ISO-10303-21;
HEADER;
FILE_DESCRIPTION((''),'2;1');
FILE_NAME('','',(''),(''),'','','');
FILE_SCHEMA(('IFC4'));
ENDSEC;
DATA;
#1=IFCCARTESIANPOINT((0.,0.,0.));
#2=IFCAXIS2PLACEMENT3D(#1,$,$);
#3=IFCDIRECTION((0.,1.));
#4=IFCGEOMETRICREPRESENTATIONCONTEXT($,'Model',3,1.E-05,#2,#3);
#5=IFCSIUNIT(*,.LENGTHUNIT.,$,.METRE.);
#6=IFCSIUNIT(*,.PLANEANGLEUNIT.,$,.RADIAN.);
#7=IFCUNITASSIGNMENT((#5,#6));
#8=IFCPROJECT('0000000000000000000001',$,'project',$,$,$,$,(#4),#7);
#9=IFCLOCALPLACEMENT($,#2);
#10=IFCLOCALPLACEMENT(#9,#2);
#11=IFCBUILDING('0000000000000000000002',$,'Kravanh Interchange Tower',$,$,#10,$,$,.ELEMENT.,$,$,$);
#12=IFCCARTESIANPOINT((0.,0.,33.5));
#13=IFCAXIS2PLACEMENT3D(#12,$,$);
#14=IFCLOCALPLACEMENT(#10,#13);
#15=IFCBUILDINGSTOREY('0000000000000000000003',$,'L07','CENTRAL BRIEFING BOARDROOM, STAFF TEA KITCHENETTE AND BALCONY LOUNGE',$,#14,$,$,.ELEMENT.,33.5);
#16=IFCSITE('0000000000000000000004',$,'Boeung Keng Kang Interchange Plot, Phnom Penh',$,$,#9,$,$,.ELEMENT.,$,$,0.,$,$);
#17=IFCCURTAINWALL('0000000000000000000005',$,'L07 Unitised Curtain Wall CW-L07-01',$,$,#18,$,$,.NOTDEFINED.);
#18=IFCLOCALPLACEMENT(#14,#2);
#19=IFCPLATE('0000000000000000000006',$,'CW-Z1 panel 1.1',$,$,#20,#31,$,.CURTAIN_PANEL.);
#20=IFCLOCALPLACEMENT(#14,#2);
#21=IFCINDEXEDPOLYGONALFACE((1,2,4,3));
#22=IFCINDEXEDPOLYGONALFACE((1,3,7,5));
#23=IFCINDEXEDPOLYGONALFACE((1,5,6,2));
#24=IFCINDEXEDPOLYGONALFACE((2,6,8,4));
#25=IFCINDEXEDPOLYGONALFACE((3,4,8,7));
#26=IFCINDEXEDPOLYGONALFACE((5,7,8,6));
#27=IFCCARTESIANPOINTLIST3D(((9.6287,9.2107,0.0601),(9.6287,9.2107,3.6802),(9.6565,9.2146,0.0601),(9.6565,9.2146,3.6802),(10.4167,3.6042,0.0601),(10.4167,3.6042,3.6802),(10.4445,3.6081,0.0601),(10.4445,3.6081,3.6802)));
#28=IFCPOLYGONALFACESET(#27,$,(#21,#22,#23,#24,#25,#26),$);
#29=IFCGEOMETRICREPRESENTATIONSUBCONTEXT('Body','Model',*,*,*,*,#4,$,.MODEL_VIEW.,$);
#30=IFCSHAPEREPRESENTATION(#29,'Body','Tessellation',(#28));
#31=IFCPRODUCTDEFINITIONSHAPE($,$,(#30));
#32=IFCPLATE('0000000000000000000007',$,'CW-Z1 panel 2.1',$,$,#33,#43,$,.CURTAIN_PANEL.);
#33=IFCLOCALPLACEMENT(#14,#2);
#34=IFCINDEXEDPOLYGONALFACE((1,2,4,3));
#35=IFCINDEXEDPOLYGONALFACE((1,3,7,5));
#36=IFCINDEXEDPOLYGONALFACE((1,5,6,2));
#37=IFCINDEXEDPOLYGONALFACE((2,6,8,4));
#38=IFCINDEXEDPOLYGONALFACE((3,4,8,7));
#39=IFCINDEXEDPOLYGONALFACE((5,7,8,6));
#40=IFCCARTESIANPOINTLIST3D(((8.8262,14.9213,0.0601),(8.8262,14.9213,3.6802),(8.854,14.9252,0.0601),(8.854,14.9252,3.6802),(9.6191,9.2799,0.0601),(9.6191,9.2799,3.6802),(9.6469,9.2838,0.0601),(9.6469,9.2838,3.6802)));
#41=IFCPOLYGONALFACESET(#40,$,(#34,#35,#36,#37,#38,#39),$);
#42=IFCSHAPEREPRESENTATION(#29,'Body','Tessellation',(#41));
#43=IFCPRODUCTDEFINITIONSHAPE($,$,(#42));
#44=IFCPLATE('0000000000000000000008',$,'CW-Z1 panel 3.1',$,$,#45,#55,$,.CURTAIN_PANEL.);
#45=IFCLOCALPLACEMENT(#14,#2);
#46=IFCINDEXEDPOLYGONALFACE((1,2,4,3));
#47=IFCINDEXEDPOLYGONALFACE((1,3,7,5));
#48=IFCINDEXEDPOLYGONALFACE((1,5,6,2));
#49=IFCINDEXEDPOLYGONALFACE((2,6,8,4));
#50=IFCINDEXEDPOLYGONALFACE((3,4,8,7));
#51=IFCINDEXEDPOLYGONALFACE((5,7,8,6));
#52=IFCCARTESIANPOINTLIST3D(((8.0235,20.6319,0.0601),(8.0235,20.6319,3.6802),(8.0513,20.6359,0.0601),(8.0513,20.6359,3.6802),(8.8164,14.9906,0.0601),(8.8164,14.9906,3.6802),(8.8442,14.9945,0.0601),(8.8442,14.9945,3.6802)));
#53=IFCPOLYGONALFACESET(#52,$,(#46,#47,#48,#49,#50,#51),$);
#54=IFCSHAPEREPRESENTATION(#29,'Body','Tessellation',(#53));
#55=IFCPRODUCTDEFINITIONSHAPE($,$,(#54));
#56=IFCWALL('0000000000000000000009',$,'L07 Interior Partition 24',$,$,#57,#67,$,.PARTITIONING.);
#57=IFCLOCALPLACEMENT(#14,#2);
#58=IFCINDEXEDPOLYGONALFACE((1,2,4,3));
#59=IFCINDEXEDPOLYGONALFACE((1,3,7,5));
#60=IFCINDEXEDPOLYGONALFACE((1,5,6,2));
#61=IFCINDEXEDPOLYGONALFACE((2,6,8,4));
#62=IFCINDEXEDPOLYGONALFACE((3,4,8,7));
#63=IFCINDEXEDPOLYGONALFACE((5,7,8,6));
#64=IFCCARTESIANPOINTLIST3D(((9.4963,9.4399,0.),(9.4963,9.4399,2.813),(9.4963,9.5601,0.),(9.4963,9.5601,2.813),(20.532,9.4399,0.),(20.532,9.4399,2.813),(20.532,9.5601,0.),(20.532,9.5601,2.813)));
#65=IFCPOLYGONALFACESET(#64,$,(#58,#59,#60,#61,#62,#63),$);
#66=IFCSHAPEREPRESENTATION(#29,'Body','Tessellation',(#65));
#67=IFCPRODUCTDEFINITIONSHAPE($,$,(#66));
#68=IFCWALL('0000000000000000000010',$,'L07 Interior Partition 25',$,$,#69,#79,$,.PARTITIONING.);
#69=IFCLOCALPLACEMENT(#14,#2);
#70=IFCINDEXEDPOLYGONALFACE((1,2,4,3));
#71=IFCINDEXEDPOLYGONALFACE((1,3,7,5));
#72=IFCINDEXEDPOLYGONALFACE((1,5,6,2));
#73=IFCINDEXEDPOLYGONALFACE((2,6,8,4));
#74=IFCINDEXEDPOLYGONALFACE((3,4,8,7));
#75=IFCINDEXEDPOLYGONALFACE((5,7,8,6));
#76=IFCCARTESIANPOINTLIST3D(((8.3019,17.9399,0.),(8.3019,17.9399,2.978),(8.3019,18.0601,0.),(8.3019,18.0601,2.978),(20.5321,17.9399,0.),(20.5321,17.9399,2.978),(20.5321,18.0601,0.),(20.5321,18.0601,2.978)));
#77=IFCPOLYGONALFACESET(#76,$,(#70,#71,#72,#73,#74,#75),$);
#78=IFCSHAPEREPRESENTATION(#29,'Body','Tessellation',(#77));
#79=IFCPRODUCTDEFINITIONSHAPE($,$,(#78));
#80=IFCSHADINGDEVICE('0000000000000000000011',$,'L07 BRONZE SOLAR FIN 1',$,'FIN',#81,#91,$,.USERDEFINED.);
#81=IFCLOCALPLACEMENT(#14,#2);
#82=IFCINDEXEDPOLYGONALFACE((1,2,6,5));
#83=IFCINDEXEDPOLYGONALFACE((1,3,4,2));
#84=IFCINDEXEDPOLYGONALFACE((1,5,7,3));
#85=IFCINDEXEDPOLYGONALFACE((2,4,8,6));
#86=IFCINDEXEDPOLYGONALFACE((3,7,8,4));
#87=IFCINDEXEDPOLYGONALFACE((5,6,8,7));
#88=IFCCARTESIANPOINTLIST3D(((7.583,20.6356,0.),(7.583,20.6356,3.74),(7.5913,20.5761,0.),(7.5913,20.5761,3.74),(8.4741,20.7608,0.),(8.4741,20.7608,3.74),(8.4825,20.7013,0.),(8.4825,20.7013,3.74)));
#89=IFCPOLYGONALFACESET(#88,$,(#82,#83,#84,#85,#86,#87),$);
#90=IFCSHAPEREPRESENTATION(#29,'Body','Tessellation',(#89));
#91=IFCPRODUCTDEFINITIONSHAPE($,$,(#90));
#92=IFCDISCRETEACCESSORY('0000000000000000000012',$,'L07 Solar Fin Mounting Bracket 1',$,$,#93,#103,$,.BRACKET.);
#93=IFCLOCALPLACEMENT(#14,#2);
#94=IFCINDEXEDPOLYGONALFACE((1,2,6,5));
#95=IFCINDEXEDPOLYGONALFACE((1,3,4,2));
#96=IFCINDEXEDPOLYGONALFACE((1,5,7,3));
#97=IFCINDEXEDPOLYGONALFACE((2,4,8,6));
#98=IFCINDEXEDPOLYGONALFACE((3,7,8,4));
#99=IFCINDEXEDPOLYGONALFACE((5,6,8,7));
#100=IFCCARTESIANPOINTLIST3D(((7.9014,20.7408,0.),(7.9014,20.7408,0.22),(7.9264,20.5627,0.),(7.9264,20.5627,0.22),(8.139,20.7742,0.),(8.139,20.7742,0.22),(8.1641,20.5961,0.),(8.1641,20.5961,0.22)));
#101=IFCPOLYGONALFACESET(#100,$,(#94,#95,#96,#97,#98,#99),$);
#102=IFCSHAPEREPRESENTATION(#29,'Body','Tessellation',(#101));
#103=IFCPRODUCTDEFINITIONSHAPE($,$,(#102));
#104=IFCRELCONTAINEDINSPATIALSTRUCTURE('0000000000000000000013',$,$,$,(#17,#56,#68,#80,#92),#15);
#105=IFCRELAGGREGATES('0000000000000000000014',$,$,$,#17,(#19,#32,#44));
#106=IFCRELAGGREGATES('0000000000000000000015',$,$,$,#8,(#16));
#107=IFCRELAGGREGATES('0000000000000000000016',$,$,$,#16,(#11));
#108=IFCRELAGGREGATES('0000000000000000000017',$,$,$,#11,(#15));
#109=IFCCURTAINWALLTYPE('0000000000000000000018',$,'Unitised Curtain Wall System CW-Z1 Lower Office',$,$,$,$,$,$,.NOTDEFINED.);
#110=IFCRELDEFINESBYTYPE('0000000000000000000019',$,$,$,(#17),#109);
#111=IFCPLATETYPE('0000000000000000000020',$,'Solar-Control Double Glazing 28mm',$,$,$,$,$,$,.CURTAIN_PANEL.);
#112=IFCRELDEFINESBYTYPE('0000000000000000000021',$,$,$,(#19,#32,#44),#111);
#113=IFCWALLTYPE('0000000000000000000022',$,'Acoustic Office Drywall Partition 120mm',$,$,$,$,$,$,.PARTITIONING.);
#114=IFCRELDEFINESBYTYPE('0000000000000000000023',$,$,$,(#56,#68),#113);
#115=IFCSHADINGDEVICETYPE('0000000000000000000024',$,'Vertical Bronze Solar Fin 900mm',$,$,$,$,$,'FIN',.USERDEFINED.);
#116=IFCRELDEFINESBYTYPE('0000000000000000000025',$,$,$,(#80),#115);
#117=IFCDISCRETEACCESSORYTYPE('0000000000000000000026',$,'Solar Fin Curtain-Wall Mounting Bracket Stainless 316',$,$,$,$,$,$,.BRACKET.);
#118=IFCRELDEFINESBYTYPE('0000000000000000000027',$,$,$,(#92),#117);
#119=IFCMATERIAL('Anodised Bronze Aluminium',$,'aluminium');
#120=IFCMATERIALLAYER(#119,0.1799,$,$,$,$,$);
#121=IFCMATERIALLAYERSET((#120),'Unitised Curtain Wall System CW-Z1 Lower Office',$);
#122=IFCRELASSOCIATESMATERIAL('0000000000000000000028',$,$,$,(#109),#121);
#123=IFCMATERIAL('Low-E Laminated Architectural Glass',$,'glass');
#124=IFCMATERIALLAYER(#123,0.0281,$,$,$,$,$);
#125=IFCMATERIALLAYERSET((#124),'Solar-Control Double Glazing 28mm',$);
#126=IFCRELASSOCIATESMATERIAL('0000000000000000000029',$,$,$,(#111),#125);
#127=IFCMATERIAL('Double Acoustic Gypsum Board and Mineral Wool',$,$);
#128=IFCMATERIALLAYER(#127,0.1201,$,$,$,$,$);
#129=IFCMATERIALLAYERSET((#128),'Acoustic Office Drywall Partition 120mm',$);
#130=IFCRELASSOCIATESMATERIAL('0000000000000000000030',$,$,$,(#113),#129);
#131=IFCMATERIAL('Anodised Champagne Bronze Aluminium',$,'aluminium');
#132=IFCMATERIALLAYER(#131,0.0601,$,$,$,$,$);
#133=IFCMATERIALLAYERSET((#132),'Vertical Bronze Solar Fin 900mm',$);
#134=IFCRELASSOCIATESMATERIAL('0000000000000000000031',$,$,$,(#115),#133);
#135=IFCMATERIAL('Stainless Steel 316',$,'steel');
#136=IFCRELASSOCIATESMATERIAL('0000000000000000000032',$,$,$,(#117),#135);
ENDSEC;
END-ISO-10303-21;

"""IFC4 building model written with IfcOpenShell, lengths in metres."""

from ifc_helpers import new_model, si_unit, direction, frame, frame_2d, origin, origin_2d, place, context, subcontext, project, spatial, rectangle, extrude, material, layer, layer_set, type_object, element, aggregate, save


model = new_model("IFC4")

# Units and contexts
model_context = context("Model", 3, precision=1e-05, world=origin(), true_north=direction((0.0, 1.0)))
body_context = subcontext(model_context, "Body", "Model", "MODEL_VIEW")
ifc_project = project(units=[si_unit("LENGTHUNIT", "METRE"), si_unit("PLANEANGLEUNIT", "RADIAN")], contexts=[model_context])

# Site, building, storey
site_placement = place(None, origin())
site = spatial("IfcSite", under=ifc_project, at=site_placement, Name="Boeung Keng Kang Interchange Plot, Phnom Penh", CompositionType="ELEMENT", RefElevation=0.0)
building_placement = place(site_placement, origin())
building = spatial("IfcBuilding", under=site, at=building_placement, Name="Kravanh Interchange Tower", CompositionType="ELEMENT")
storey_placement = place(building_placement, frame((0.0, 0.0, 33.5)))
storey = spatial("IfcBuildingStorey", under=building, at=storey_placement, Name="L07", Description="CENTRAL BRIEFING BOARDROOM, STAFF TEA KITCHENETTE AND BALCONY LOUNGE", CompositionType="ELEMENT", Elevation=33.5)

# Curtain wall
ifc_material_1 = material(Name="Anodised Bronze Aluminium", Category="aluminium")
ifc_layer_1 = layer(ifc_material_1, 0.1799)
ifc_layer_set_1 = layer_set([ifc_layer_1], Name="Unitised Curtain Wall System CW-Z1 Lower Office")
curtain_wall_type = type_object("IfcCurtainWallType", Name="Unitised Curtain Wall System CW-Z1 Lower Office", PredefinedType="NOTDEFINED", material=ifc_layer_set_1)
curtain_wall_placement = place(storey_placement, origin())
curtain_wall = element("IfcCurtainWall", 1, at=curtain_wall_placement, inside=storey, type_object=curtain_wall_type, Name="L07 Unitised Curtain Wall CW-L07-01", PredefinedType="NOTDEFINED")

# Plates
ifc_material_2 = material(Name="Low-E Laminated Architectural Glass", Category="glass")
ifc_layer_2 = layer(ifc_material_2, 0.0281)
ifc_layer_set_2 = layer_set([ifc_layer_2], Name="Solar-Control Double Glazing 28mm")
plate_type = type_object("IfcPlateType", Name="Solar-Control Double Glazing 28mm", PredefinedType="CURTAIN_PANEL", material=ifc_layer_set_2)
plate_1_placement = place(storey_placement, frame((10.0366, 6.4094, 0.0601), z_axis=(0.0, 0.0, 1.0), x_axis=(-0.139177, 0.990268, 0.0)))
plate_1 = element("IfcPlate", 2, at=plate_1_placement, type_object=plate_type, Name="CW-Z1 panel 1.1", PredefinedType="CURTAIN_PANEL", context=body_context, shape_type="SweptSolid", body=[
    extrude(rectangle(XDim=5.6616, YDim=0.0281, at=origin_2d()), origin(), (0.0, 0.0, 1.0), 3.6201),
])
plate_2_placement = place(storey_placement, frame((9.2366, 12.1025, 0.0601), z_axis=(0.0, 0.0, 1.0), x_axis=(-0.139177, 0.990268, 0.0)))
plate_2 = element("IfcPlate", 3, at=plate_2_placement, type_object=plate_type, Name="CW-Z1 panel 2.1", PredefinedType="CURTAIN_PANEL", context=body_context, shape_type="SweptSolid", body=[
    extrude(rectangle(XDim=5.6968, YDim=0.0281, at=origin_2d()), origin(), (0.0, 0.0, 1.0), 3.6201),
])
plate_3_placement = place(storey_placement, frame((8.4338, 17.8132, 0.0601), z_axis=(0.0, 0.0, 1.0), x_axis=(-0.139177, 0.990268, 0.0)))
plate_3 = element("IfcPlate", 4, at=plate_3_placement, type_object=plate_type, Name="CW-Z1 panel 3.1", PredefinedType="CURTAIN_PANEL", context=body_context, shape_type="SweptSolid", body=[
    extrude(rectangle(XDim=5.6968, YDim=0.0281, at=origin_2d()), origin(), (0.0, 0.0, 1.0), 3.6201),
])
aggregate(curtain_wall, [plate_1, plate_2, plate_3])

# Walls
ifc_material_3 = material(Name="Double Acoustic Gypsum Board and Mineral Wool")
ifc_layer_3 = layer(ifc_material_3, 0.1201)
ifc_layer_set_3 = layer_set([ifc_layer_3], Name="Acoustic Office Drywall Partition 120mm")
wall_type = type_object("IfcWallType", Name="Acoustic Office Drywall Partition 120mm", PredefinedType="PARTITIONING", material=ifc_layer_set_3)
wall_1_placement = place(storey_placement, frame((9.4963, 9.5, 0.0), z_axis=(0.0, 0.0, 1.0), x_axis=(1.0, 0.0, 0.0)))
element("IfcWall", 5, at=wall_1_placement, inside=storey, type_object=wall_type, Name="L07 Interior Partition 24", PredefinedType="PARTITIONING", context=body_context, shape_type="SweptSolid", body=[
    extrude(rectangle(XDim=11.0356, YDim=0.1201, at=frame_2d((5.5178, 0.0))), origin(), (0.0, 0.0, 1.0), 2.813),
])
wall_2_placement = place(storey_placement, frame((8.3018, 18.0, 0.0), z_axis=(0.0, 0.0, 1.0), x_axis=(1.0, 0.0, 0.0)))
element("IfcWall", 6, at=wall_2_placement, inside=storey, type_object=wall_type, Name="L07 Interior Partition 25", PredefinedType="PARTITIONING", context=body_context, shape_type="SweptSolid", body=[
    extrude(rectangle(XDim=12.2302, YDim=0.1201, at=frame_2d((6.1152, 0.0))), origin(), (0.0, 0.0, 1.0), 2.978),
])

# Shading device
ifc_material_4 = material(Name="Anodised Champagne Bronze Aluminium", Category="aluminium")
ifc_layer_4 = layer(ifc_material_4, 0.0601)
ifc_layer_set_4 = layer_set([ifc_layer_4], Name="Vertical Bronze Solar Fin 900mm")
shading_device_type = type_object("IfcShadingDeviceType", Name="Vertical Bronze Solar Fin 900mm", ElementType="FIN", PredefinedType="USERDEFINED", material=ifc_layer_set_4)
shading_device_placement = place(storey_placement, frame((8.0327, 20.6685, 0.0), z_axis=(0.0, 0.0, 1.0), x_axis=(-0.990268, -0.139175, 0.0)))
element("IfcShadingDevice", 7, at=shading_device_placement, inside=storey, type_object=shading_device_type, Name="L07 BRONZE SOLAR FIN 1", ObjectType="FIN", PredefinedType="USERDEFINED", context=body_context, shape_type="SweptSolid", body=[
    extrude(rectangle(XDim=0.8999, YDim=0.0601, at=origin_2d()), origin(), (0.0, 0.0, 1.0), 3.74),
])

# Discrete accessory
ifc_material_5 = material(Name="Stainless Steel 316", Category="steel")
discrete_accessory_type = type_object("IfcDiscreteAccessoryType", Name="Solar Fin Curtain-Wall Mounting Bracket Stainless 316", PredefinedType="BRACKET", material=ifc_material_5)
discrete_accessory_placement = place(storey_placement, frame((8.0327, 20.6685, 0.0), z_axis=(0.0, 0.0, 1.0), x_axis=(-0.990268, -0.139175, 0.0)))
element("IfcDiscreteAccessory", 8, at=discrete_accessory_placement, inside=storey, type_object=discrete_accessory_type, Name="L07 Solar Fin Mounting Bracket 1", PredefinedType="BRACKET", context=body_context, shape_type="SweptSolid", body=[
    extrude(rectangle(XDim=0.24, YDim=0.1799, at=origin_2d()), origin(), (0.0, 0.0, 1.0), 0.22),
])

save(model, "model.ifc")
